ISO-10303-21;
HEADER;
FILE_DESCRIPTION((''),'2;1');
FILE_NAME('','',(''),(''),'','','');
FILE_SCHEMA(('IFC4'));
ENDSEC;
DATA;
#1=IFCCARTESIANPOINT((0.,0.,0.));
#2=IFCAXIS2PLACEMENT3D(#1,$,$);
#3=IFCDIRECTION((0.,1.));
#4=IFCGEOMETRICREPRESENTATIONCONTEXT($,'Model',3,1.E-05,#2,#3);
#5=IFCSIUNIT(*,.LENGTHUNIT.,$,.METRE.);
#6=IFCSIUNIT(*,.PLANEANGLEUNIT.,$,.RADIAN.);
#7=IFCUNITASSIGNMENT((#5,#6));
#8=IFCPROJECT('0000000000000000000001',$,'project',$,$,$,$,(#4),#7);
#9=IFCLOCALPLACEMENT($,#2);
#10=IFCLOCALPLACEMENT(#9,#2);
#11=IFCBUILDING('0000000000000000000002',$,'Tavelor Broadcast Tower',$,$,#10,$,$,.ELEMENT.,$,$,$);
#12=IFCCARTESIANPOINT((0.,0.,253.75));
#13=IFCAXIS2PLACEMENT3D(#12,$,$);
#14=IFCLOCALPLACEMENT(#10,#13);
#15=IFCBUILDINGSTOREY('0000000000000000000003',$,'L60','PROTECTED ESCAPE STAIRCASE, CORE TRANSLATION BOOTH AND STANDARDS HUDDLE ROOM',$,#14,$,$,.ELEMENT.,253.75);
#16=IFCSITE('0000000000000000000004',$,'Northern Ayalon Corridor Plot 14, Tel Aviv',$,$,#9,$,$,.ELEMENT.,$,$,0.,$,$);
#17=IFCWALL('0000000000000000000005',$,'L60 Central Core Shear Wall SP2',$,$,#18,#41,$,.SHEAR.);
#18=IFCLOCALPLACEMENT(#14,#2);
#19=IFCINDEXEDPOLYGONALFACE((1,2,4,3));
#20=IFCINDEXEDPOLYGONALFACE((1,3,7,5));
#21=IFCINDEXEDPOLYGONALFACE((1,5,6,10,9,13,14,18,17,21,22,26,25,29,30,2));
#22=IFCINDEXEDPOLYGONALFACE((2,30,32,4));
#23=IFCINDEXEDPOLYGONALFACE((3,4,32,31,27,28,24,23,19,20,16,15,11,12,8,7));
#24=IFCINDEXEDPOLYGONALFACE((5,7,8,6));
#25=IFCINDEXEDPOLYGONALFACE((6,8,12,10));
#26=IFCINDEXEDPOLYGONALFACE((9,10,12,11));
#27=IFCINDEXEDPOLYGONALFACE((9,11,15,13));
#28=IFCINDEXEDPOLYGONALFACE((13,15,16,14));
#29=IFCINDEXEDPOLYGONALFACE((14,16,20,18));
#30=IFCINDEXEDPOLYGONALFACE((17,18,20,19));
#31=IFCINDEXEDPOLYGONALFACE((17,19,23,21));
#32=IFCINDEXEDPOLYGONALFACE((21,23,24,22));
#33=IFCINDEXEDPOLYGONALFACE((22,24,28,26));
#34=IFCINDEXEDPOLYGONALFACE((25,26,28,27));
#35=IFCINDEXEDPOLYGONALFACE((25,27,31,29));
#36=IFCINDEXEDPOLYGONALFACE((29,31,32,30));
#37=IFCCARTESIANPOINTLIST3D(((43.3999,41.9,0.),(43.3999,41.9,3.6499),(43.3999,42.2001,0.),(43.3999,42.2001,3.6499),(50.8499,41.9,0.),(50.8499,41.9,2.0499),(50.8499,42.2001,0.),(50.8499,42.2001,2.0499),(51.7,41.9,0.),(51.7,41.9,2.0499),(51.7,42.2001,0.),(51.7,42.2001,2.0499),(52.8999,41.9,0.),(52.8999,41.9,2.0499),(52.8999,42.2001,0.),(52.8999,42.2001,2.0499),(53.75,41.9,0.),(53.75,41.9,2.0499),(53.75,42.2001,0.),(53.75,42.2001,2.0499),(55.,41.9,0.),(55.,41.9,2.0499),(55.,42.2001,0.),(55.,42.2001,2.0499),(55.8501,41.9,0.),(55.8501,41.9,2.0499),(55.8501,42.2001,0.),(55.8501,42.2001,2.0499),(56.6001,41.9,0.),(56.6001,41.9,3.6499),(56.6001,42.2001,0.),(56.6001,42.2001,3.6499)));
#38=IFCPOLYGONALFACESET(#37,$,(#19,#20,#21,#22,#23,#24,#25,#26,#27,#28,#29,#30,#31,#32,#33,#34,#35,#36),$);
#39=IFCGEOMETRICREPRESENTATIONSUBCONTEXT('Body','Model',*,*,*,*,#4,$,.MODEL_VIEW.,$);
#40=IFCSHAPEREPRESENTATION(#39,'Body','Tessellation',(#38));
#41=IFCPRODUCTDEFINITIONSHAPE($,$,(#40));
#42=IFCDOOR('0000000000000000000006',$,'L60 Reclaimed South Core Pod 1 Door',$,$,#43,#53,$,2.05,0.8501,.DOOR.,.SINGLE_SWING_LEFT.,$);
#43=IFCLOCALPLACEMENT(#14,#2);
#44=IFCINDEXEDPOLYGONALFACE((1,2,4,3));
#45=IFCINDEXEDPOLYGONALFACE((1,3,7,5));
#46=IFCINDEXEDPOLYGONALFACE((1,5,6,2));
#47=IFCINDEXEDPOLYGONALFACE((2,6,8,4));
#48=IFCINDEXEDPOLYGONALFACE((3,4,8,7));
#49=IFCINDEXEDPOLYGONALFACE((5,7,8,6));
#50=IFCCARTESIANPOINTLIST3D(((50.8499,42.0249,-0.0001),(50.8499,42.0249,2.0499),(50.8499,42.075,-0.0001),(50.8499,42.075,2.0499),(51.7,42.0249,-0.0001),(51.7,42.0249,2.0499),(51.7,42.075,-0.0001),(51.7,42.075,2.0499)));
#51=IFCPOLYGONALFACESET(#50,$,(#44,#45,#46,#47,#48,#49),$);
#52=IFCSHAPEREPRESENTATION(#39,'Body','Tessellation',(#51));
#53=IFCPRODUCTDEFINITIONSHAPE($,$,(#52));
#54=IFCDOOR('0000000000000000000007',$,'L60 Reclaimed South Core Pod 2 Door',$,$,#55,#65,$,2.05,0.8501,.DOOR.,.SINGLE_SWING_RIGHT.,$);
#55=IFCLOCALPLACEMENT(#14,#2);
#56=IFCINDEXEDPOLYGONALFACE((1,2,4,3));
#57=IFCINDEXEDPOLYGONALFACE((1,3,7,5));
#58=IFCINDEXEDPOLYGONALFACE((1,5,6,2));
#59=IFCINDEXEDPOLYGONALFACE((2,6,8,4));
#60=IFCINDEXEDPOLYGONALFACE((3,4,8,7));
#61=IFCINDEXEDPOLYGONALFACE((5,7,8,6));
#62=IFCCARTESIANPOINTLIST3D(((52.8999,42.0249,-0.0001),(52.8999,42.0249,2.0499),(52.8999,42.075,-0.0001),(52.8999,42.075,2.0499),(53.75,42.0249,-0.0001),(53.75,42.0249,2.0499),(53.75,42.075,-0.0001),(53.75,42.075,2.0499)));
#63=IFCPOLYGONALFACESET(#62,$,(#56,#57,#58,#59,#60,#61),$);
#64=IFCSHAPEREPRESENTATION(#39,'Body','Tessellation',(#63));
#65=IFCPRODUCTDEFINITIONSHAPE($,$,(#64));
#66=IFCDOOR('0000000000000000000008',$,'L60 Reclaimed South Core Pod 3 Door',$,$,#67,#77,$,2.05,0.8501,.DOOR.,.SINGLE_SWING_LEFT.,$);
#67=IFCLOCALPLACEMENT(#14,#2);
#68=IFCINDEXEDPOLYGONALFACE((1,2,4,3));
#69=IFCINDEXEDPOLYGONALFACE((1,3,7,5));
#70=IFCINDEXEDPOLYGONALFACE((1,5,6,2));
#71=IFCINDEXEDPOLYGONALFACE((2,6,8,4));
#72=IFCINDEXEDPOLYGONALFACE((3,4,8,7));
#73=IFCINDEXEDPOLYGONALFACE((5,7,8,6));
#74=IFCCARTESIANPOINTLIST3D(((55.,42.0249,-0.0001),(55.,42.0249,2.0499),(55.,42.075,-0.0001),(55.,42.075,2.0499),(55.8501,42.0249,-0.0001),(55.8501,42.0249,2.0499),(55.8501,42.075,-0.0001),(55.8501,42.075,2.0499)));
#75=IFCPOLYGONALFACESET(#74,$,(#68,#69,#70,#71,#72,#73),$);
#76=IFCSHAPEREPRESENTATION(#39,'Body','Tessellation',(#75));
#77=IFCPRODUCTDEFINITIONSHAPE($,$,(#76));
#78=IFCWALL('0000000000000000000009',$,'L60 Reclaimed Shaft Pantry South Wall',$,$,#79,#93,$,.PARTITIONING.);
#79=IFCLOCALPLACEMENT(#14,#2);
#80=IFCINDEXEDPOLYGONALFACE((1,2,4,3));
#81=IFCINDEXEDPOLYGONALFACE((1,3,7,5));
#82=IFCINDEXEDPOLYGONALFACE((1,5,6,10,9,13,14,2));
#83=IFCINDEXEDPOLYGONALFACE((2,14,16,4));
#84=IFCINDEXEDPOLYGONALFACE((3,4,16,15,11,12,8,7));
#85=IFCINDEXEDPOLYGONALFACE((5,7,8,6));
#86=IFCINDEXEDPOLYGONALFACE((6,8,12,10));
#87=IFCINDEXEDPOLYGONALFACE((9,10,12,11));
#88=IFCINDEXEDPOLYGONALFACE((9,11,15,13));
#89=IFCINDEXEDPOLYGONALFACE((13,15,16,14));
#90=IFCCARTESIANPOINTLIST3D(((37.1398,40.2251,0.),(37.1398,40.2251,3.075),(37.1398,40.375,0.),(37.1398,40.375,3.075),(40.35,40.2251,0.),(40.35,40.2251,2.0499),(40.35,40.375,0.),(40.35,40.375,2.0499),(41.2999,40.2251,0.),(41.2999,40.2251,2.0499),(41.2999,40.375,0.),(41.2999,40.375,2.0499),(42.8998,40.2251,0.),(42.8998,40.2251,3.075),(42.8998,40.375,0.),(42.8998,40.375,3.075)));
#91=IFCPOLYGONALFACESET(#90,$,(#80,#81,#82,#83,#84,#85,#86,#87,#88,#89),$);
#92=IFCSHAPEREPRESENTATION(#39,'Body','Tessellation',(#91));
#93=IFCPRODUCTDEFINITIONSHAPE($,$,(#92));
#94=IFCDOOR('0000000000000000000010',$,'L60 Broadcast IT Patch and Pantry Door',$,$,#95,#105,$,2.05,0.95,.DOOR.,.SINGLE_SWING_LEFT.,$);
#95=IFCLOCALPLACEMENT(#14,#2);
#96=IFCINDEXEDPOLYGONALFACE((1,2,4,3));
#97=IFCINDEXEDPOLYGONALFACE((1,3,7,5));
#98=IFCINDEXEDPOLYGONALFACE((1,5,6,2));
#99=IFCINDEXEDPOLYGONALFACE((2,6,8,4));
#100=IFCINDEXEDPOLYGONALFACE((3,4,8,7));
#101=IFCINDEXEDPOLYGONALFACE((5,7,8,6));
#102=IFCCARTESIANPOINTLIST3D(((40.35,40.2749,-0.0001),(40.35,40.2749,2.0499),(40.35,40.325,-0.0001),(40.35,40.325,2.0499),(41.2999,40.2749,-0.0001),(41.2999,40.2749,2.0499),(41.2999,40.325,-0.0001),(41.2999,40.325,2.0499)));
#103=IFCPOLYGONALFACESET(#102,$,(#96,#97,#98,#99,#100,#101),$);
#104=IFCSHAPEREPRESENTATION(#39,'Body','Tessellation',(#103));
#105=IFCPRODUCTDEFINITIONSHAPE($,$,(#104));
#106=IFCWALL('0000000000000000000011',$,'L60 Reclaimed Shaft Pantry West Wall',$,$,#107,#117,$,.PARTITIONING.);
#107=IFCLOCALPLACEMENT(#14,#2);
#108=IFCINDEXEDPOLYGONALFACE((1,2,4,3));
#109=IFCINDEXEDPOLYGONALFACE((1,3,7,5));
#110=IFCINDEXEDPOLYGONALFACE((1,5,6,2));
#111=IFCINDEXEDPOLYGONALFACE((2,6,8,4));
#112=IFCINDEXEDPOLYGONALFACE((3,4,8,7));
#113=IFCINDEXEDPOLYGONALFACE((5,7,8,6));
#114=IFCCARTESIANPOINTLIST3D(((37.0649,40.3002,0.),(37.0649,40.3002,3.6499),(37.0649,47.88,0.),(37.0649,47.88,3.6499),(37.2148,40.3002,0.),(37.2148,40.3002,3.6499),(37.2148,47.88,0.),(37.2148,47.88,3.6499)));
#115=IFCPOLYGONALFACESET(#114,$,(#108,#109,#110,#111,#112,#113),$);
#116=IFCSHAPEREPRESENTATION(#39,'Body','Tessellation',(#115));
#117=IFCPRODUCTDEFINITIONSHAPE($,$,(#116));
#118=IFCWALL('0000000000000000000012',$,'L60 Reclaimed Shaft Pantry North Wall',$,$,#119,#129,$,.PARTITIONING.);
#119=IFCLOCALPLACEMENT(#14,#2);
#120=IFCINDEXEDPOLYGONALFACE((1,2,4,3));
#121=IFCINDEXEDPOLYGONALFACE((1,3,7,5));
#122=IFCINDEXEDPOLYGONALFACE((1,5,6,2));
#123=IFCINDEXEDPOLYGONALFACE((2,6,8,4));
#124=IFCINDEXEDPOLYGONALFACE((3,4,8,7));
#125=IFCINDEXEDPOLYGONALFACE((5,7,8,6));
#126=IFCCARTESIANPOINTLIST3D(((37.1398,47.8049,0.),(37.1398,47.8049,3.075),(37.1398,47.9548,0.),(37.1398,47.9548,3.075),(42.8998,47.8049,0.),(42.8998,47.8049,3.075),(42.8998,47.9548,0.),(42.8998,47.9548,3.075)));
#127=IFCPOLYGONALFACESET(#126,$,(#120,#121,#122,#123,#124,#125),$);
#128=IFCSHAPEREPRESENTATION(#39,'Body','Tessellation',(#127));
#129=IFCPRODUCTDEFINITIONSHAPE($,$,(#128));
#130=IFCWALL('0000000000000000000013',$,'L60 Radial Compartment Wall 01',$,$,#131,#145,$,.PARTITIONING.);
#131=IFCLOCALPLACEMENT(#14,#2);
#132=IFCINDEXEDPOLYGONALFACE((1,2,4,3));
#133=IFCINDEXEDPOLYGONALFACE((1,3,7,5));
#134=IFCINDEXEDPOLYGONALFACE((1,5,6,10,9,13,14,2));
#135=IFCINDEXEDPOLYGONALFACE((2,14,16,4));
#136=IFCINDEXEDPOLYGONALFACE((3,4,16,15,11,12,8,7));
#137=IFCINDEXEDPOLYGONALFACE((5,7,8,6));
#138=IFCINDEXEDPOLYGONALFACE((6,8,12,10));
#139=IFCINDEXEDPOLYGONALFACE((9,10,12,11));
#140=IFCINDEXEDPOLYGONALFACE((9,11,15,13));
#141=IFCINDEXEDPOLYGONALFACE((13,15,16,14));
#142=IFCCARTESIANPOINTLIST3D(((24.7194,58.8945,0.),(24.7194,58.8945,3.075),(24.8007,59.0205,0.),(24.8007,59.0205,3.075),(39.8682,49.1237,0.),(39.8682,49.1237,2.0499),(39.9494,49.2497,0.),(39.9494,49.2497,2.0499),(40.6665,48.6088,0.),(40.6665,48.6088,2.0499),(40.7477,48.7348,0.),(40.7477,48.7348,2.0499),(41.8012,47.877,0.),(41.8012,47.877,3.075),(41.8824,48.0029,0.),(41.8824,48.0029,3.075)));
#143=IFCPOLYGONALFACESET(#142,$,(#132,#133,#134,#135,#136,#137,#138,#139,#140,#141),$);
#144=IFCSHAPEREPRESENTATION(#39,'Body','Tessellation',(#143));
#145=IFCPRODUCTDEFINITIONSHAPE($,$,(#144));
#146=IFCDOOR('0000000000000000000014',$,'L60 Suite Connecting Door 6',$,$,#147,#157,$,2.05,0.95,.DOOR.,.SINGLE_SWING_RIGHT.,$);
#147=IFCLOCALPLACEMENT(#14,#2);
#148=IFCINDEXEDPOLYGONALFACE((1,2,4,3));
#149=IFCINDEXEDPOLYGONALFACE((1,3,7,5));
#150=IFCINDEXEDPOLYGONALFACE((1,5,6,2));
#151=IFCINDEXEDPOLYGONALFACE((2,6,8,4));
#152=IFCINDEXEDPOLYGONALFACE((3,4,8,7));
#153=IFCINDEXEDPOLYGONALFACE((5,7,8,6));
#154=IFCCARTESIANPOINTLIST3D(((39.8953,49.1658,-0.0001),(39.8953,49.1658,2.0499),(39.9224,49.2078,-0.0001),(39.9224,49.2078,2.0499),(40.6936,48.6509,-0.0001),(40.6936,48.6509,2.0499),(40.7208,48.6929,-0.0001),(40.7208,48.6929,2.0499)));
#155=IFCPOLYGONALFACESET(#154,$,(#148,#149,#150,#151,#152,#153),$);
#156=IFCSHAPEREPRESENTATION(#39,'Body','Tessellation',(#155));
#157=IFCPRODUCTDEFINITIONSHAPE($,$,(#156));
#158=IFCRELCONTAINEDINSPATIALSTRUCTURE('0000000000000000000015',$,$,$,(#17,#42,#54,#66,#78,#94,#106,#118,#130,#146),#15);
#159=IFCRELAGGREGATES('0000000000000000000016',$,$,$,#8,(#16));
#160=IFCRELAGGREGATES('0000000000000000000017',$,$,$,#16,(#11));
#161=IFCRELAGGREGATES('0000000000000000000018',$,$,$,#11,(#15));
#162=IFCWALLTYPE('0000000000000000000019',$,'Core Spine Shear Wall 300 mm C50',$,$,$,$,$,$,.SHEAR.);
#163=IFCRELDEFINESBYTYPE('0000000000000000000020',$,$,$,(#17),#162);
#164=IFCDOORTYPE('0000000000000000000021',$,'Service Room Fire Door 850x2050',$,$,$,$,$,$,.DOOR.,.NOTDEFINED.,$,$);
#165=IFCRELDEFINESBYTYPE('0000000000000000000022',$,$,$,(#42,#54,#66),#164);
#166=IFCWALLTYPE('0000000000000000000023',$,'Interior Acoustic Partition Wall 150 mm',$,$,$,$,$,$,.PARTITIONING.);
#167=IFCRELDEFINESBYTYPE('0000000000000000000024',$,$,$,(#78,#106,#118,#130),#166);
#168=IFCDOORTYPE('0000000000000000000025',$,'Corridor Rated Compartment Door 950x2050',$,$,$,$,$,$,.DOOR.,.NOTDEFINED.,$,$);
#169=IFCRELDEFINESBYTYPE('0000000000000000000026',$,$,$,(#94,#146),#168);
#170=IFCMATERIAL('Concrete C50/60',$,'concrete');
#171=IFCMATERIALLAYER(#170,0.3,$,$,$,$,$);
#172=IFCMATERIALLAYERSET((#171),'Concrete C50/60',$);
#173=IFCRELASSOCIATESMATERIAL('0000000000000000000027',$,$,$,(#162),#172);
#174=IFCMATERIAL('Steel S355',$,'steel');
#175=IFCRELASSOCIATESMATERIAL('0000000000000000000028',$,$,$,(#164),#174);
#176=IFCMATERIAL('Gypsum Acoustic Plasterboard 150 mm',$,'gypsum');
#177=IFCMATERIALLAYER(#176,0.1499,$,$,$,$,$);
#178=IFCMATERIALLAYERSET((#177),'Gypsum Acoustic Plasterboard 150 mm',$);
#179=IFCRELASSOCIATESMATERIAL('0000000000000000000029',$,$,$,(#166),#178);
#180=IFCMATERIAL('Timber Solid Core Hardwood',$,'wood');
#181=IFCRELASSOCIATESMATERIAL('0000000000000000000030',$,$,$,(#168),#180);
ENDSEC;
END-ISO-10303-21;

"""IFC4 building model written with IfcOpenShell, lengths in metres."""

from ifc_helpers import new_model, si_unit, direction, frame, frame_2d, origin, place, context, subcontext, project, spatial, rectangle, extrude, material, layer, layer_set, type_object, element, fill, save


model = new_model("IFC4")

# Units and contexts
model_context = context("Model", 3, precision=1e-05, world=origin(), true_north=direction((0.0, 1.0)))
body_context = subcontext(model_context, "Body", "Model", "MODEL_VIEW")
ifc_project = project(units=[si_unit("LENGTHUNIT", "METRE"), si_unit("PLANEANGLEUNIT", "RADIAN")], contexts=[model_context])

# Site, building, storey
site_placement = place(None, origin())
site = spatial("IfcSite", under=ifc_project, at=site_placement, Name="Northern Ayalon Corridor Plot 14, Tel Aviv", CompositionType="ELEMENT", RefElevation=0.0)
building_placement = place(site_placement, origin())
building = spatial("IfcBuilding", under=site, at=building_placement, Name="Tavelor Broadcast Tower", CompositionType="ELEMENT")
storey_placement = place(building_placement, frame((0.0, 0.0, 253.75)))
storey = spatial("IfcBuildingStorey", under=building, at=storey_placement, Name="L60", Description="PROTECTED ESCAPE STAIRCASE, CORE TRANSLATION BOOTH AND STANDARDS HUDDLE ROOM", CompositionType="ELEMENT", Elevation=253.75)

# Shared definitions
ifc_material_1 = material(Name="Concrete C50/60", Category="concrete")

# Shared definitions
ifc_material_2 = material(Name="Steel S355", Category="steel")

# Wall, openings, doors
ifc_layer_1 = layer(ifc_material_1, 0.3)
ifc_layer_set_1 = layer_set([ifc_layer_1], Name="Concrete C50/60")
wall_type_1 = type_object("IfcWallType", Name="Core Spine Shear Wall 300 mm C50", PredefinedType="SHEAR", material=ifc_layer_set_1)
wall_1_placement = place(storey_placement, frame((43.3999, 42.05, 0.0), z_axis=(0.0, 0.0, 1.0), x_axis=(1.0, 0.0, 0.0)))
wall_1 = element("IfcWall", 1, at=wall_1_placement, inside=storey, type_object=wall_type_1, Name="L60 Central Core Shear Wall SP2", PredefinedType="SHEAR", context=body_context, shape_type="SweptSolid", body=[
    extrude(rectangle(XDim=13.2002, YDim=0.3, at=frame_2d((6.6001, 0.0))), origin(), (0.0, 0.0, 1.0), 3.6499),
])
opening_1_placement = place(wall_1_placement, frame((7.45, 0.0, 0.0)))
opening_1 = element("IfcOpeningElement", 2, at=opening_1_placement, cuts=wall_1, PredefinedType="OPENING", context=body_context, shape_type="SweptSolid", body=[
    extrude(rectangle(XDim=0.8501, YDim=2.05, at=frame_2d((0.425, 1.0249))), frame((0.0, 0.1602, 0.0), z_axis=(0.0, -1.0, 0.0), x_axis=(1.0, 0.0, 0.0)), (0.0, 0.0, 1.0), 0.3201),
])
opening_2_placement = place(wall_1_placement, frame((9.5, 0.0, 0.0)))
opening_2 = element("IfcOpeningElement", 3, at=opening_2_placement, cuts=wall_1, PredefinedType="OPENING", context=body_context, shape_type="SweptSolid", body=[
    extrude(rectangle(XDim=0.8501, YDim=2.05, at=frame_2d((0.425, 1.0249))), frame((0.0, 0.1602, 0.0), z_axis=(0.0, -1.0, 0.0), x_axis=(1.0, 0.0, 0.0)), (0.0, 0.0, 1.0), 0.3201),
])
opening_3_placement = place(wall_1_placement, frame((11.6001, 0.0, 0.0)))
opening_3 = element("IfcOpeningElement", 4, at=opening_3_placement, cuts=wall_1, PredefinedType="OPENING", context=body_context, shape_type="SweptSolid", body=[
    extrude(rectangle(XDim=0.8501, YDim=2.05, at=frame_2d((0.425, 1.0249))), frame((0.0, 0.1602, 0.0), z_axis=(0.0, -1.0, 0.0), x_axis=(1.0, 0.0, 0.0)), (0.0, 0.0, 1.0), 0.3201),
])
door_type_1 = type_object("IfcDoorType", Name="Service Room Fire Door 850x2050", OperationType="NOTDEFINED", PredefinedType="DOOR", material=ifc_material_2)
door_1_placement = place(opening_1_placement, origin())
door_1 = element("IfcDoor", 5, at=door_1_placement, inside=storey, type_object=door_type_1, Name="L60 Reclaimed South Core Pod 1 Door", OperationType="SINGLE_SWING_LEFT", OverallHeight=2.05, OverallWidth=0.8501, PredefinedType="DOOR", context=body_context, shape_type="SweptSolid", body=[
    extrude(rectangle(XDim=0.8501, YDim=2.05, at=frame_2d((0.425, 1.0249))), frame((0.0, 0.0249, 0.0), z_axis=(0.0, -1.0, 0.0), x_axis=(1.0, 0.0, 0.0)), (0.0, 0.0, 1.0), 0.05),
])
fill(opening_1, door_1)
door_2_placement = place(opening_2_placement, origin())
door_2 = element("IfcDoor", 6, at=door_2_placement, inside=storey, type_object=door_type_1, Name="L60 Reclaimed South Core Pod 2 Door", OperationType="SINGLE_SWING_RIGHT", OverallHeight=2.05, OverallWidth=0.8501, PredefinedType="DOOR", context=body_context, shape_type="SweptSolid", body=[
    extrude(rectangle(XDim=0.8501, YDim=2.05, at=frame_2d((0.425, 1.0249))), frame((0.0, 0.0249, 0.0), z_axis=(0.0, -1.0, 0.0), x_axis=(1.0, 0.0, 0.0)), (0.0, 0.0, 1.0), 0.05),
])
fill(opening_2, door_2)
door_3_placement = place(opening_3_placement, origin())
door_3 = element("IfcDoor", 7, at=door_3_placement, inside=storey, type_object=door_type_1, Name="L60 Reclaimed South Core Pod 3 Door", OperationType="SINGLE_SWING_LEFT", OverallHeight=2.05, OverallWidth=0.8501, PredefinedType="DOOR", context=body_context, shape_type="SweptSolid", body=[
    extrude(rectangle(XDim=0.8501, YDim=2.05, at=frame_2d((0.425, 1.0249))), frame((0.0, 0.0249, 0.0), z_axis=(0.0, -1.0, 0.0), x_axis=(1.0, 0.0, 0.0)), (0.0, 0.0, 1.0), 0.05),
])
fill(opening_3, door_3)

# Wall, opening, door
ifc_material_3 = material(Name="Gypsum Acoustic Plasterboard 150 mm", Category="gypsum")
ifc_layer_2 = layer(ifc_material_3, 0.1499)
ifc_layer_set_2 = layer_set([ifc_layer_2], Name="Gypsum Acoustic Plasterboard 150 mm")
wall_type_2 = type_object("IfcWallType", Name="Interior Acoustic Partition Wall 150 mm", PredefinedType="PARTITIONING", material=ifc_layer_set_2)
wall_2_placement = place(storey_placement, frame((37.1399, 40.3, 0.0), z_axis=(0.0, 0.0, 1.0), x_axis=(1.0, 0.0, 0.0)))
wall_2 = element("IfcWall", 8, at=wall_2_placement, inside=storey, type_object=wall_type_2, Name="L60 Reclaimed Shaft Pantry South Wall", PredefinedType="PARTITIONING", context=body_context, shape_type="SweptSolid", body=[
    extrude(rectangle(XDim=5.76, YDim=0.1499, at=frame_2d((2.8799, 0.0))), origin(), (0.0, 0.0, 1.0), 3.075),
])
opening_4_placement = place(wall_2_placement, frame((3.21, 0.0, 0.0)))
opening_4 = element("IfcOpeningElement", 9, at=opening_4_placement, cuts=wall_2, PredefinedType="OPENING", context=body_context, shape_type="SweptSolid", body=[
    extrude(rectangle(XDim=0.95, YDim=2.05, at=frame_2d((0.4751, 1.0249))), frame((0.0, 0.085, 0.0), z_axis=(0.0, -1.0, 0.0), x_axis=(1.0, 0.0, 0.0)), (0.0, 0.0, 1.0), 0.1699),
])
ifc_material_4 = material(Name="Timber Solid Core Hardwood", Category="wood")
door_type_2 = type_object("IfcDoorType", Name="Corridor Rated Compartment Door 950x2050", OperationType="NOTDEFINED", PredefinedType="DOOR", material=ifc_material_4)
door_4_placement = place(opening_4_placement, origin())
door_4 = element("IfcDoor", 10, at=door_4_placement, inside=storey, type_object=door_type_2, Name="L60 Broadcast IT Patch and Pantry Door", OperationType="SINGLE_SWING_LEFT", OverallHeight=2.05, OverallWidth=0.95, PredefinedType="DOOR", context=body_context, shape_type="SweptSolid", body=[
    extrude(rectangle(XDim=0.95, YDim=2.05, at=frame_2d((0.4751, 1.0249))), frame((0.0, 0.0249, 0.0), z_axis=(0.0, -1.0, 0.0), x_axis=(1.0, 0.0, 0.0)), (0.0, 0.0, 1.0), 0.05),
])
fill(opening_4, door_4)

# Walls
wall_3_placement = place(storey_placement, frame((37.1399, 40.3, 0.0), z_axis=(0.0, 0.0, 1.0), x_axis=(0.0, 1.0, 0.0)))
element("IfcWall", 11, at=wall_3_placement, inside=storey, type_object=wall_type_2, Name="L60 Reclaimed Shaft Pantry West Wall", PredefinedType="PARTITIONING", context=body_context, shape_type="SweptSolid", body=[
    extrude(rectangle(XDim=7.5798, YDim=0.1499, at=frame_2d((3.79, 0.0))), origin(), (0.0, 0.0, 1.0), 3.6499),
])
wall_4_placement = place(storey_placement, frame((37.1399, 47.8799, 0.0), z_axis=(0.0, 0.0, 1.0), x_axis=(1.0, 0.0, 0.0)))
element("IfcWall", 12, at=wall_4_placement, inside=storey, type_object=wall_type_2, Name="L60 Reclaimed Shaft Pantry North Wall", PredefinedType="PARTITIONING", context=body_context, shape_type="SweptSolid", body=[
    extrude(rectangle(XDim=5.76, YDim=0.1499, at=frame_2d((2.8799, 0.0))), origin(), (0.0, 0.0, 1.0), 3.075),
])

# Wall, opening, door
wall_5_placement = place(storey_placement, frame((41.8418, 47.9399, 0.0), z_axis=(0.0, 0.0, 1.0), x_axis=(-0.840362, 0.542025, 0.0)))
wall_5 = element("IfcWall", 13, at=wall_5_placement, inside=storey, type_object=wall_type_2, Name="L60 Radial Compartment Wall 01", PredefinedType="PARTITIONING", context=body_context, shape_type="SweptSolid", body=[
    extrude(rectangle(XDim=20.3267, YDim=0.1499, at=frame_2d((10.1633, 0.0))), origin(), (0.0, 0.0, 1.0), 3.075),
])
opening_5_placement = place(wall_5_placement, frame((1.3501, 0.0, 0.0)))
opening_5 = element("IfcOpeningElement", 14, at=opening_5_placement, cuts=wall_5, PredefinedType="OPENING", context=body_context, shape_type="SweptSolid", body=[
    extrude(rectangle(XDim=0.95, YDim=2.05, at=frame_2d((0.4751, 1.0249))), frame((0.0, 0.085, 0.0), z_axis=(0.0, -1.0, 0.0), x_axis=(1.0, 0.0, 0.0)), (0.0, 0.0, 1.0), 0.1699),
])
door_5_placement = place(opening_5_placement, origin())
door_5 = element("IfcDoor", 15, at=door_5_placement, inside=storey, type_object=door_type_2, Name="L60 Suite Connecting Door 6", OperationType="SINGLE_SWING_RIGHT", OverallHeight=2.05, OverallWidth=0.95, PredefinedType="DOOR", context=body_context, shape_type="SweptSolid", body=[
    extrude(rectangle(XDim=0.95, YDim=2.05, at=frame_2d((0.4751, 1.0249))), frame((0.0, 0.0249, 0.0), z_axis=(0.0, -1.0, 0.0), x_axis=(1.0, 0.0, 0.0)), (0.0, 0.0, 1.0), 0.05),
])
fill(opening_5, door_5)

save(model, "model.ifc")
